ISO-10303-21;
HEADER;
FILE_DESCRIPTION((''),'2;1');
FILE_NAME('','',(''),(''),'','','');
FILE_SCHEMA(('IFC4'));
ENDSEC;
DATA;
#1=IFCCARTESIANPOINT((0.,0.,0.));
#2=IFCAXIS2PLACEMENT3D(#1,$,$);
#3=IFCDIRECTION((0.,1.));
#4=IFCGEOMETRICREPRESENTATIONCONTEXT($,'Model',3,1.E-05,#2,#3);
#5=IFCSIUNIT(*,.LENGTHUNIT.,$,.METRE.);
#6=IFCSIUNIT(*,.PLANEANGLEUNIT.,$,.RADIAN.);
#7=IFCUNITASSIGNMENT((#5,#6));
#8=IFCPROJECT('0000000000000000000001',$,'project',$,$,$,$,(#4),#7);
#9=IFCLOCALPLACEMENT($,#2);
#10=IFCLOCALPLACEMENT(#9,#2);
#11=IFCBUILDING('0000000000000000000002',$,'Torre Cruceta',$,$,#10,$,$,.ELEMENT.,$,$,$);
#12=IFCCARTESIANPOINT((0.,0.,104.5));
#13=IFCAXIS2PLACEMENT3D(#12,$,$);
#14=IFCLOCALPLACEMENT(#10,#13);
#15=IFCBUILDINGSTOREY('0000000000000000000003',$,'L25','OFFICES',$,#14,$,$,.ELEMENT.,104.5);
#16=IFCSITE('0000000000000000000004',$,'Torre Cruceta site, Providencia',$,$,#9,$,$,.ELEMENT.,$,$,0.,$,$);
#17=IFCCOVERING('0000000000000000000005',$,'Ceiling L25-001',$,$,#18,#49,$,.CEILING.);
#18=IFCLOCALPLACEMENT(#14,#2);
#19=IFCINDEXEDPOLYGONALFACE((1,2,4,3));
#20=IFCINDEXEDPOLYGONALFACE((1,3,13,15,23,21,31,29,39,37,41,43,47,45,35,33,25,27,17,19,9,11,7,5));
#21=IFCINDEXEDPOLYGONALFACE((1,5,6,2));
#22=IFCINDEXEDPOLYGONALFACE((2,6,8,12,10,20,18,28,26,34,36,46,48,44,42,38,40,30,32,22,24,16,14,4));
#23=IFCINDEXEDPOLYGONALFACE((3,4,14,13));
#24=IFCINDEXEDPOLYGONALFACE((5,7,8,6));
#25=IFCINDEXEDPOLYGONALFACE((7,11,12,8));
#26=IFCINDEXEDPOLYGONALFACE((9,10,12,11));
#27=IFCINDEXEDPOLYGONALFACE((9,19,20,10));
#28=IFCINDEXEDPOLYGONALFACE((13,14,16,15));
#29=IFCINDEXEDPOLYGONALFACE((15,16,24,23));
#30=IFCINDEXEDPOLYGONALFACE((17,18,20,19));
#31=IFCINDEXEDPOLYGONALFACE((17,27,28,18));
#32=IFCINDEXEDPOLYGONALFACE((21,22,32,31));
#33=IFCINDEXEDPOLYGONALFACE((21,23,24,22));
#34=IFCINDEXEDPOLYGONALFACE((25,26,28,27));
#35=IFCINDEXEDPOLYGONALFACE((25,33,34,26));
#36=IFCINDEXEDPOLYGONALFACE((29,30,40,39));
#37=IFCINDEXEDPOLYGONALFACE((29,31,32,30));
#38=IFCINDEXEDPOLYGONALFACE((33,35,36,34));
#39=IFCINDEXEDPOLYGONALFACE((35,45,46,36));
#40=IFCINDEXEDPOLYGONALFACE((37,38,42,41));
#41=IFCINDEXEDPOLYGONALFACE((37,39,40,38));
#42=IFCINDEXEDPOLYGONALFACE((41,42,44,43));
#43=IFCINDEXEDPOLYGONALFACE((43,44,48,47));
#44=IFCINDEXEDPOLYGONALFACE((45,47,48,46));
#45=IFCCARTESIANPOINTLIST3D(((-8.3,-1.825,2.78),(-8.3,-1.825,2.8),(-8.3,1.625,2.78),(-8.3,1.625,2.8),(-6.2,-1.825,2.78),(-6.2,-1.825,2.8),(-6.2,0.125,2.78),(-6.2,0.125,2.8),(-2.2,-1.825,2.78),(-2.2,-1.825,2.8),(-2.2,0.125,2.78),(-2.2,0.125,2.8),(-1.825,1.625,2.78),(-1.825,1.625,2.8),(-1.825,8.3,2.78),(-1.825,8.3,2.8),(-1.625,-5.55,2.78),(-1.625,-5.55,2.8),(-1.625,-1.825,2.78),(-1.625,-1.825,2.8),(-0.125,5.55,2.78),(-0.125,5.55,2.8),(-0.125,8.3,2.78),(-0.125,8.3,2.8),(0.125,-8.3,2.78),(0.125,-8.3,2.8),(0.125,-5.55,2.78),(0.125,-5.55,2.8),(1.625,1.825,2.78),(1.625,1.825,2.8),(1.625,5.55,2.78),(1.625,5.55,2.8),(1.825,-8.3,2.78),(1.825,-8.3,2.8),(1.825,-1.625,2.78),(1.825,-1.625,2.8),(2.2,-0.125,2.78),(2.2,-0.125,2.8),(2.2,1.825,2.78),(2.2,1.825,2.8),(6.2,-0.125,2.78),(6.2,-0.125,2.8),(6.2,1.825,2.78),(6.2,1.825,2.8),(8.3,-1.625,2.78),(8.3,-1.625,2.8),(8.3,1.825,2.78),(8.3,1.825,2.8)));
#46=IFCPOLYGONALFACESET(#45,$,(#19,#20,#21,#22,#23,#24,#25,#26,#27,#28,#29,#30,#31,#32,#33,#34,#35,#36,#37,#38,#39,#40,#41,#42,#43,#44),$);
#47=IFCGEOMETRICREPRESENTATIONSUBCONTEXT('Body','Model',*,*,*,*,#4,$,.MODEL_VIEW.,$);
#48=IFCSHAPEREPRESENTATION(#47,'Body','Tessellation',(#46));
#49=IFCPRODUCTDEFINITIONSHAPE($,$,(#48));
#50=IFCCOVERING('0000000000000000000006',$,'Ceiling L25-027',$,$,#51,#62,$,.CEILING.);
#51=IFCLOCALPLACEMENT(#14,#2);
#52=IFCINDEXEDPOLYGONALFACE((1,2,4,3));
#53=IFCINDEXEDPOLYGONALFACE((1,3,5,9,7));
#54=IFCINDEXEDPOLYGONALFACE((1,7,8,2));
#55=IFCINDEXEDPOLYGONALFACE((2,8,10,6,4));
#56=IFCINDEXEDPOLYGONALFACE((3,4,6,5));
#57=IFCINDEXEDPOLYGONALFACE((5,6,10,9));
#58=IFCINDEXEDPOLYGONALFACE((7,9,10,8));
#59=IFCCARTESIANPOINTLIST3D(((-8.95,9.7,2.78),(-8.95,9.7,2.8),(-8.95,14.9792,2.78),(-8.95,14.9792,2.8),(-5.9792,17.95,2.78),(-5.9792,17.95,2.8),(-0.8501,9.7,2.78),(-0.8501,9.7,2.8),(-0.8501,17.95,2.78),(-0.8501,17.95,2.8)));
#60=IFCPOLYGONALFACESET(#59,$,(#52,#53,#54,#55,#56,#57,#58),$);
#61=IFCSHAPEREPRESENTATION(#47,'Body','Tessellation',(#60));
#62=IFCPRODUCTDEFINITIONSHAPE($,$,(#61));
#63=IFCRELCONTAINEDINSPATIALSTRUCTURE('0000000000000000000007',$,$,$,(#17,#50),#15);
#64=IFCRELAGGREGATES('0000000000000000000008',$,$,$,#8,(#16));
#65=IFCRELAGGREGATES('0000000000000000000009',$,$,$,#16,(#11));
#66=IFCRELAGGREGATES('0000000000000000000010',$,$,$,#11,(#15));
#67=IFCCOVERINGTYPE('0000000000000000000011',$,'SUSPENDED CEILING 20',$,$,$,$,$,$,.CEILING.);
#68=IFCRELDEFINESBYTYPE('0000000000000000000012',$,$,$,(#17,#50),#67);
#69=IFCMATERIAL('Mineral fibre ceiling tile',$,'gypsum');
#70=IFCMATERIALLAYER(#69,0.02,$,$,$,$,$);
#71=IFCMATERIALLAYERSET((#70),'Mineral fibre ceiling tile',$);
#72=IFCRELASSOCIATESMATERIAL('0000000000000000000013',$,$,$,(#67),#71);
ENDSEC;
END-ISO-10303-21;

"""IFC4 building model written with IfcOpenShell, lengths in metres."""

from ifc_helpers import new_model, si_unit, direction, frame, origin, place, context, subcontext, project, spatial, polyline, outline, extrude, material, layer, layer_set, type_object, element, save


model = new_model("IFC4")

# Units and contexts
model_context = context("Model", 3, precision=1e-05, world=origin(), true_north=direction((0.0, 1.0)))
body_context = subcontext(model_context, "Body", "Model", "MODEL_VIEW")
ifc_project = project(units=[si_unit("LENGTHUNIT", "METRE"), si_unit("PLANEANGLEUNIT", "RADIAN")], contexts=[model_context])

# Site, building, storey
site_placement = place(None, origin())
site = spatial("IfcSite", under=ifc_project, at=site_placement, Name="Torre Cruceta site, Providencia", CompositionType="ELEMENT", RefElevation=0.0)
building_placement = place(site_placement, origin())
building = spatial("IfcBuilding", under=site, at=building_placement, Name="Torre Cruceta", CompositionType="ELEMENT")
storey_placement = place(building_placement, frame((0.0, 0.0, 104.5)))
storey = spatial("IfcBuildingStorey", under=building, at=storey_placement, Name="L25", Description="OFFICES", CompositionType="ELEMENT", Elevation=104.5)

# Coverings
ifc_material_1 = material(Name="Mineral fibre ceiling tile", Category="gypsum")
ifc_layer_1 = layer(ifc_material_1, 0.02)
ifc_layer_set_1 = layer_set([ifc_layer_1], Name="Mineral fibre ceiling tile")
covering_type = type_object("IfcCoveringType", Name="SUSPENDED CEILING 20", PredefinedType="CEILING", material=ifc_layer_set_1)
covering_1_placement = place(storey_placement, frame((0.0, 0.0, 2.78)))
element("IfcCovering", 1, at=covering_1_placement, inside=storey, type_object=covering_type, Name="Ceiling L25-001", PredefinedType="CEILING", context=body_context, shape_type="SweptSolid", body=[
    extrude(outline(polyline([(1.825, -8.3), (0.125, -8.3), (0.125, -5.55), (-1.625, -5.55), (-1.625, -1.825), (-2.2, -1.825), (-2.2, 0.125), (-6.2, 0.125), (-6.2, -1.825), (-8.3, -1.825), (-8.3, 1.625), (-1.825, 1.625), (-1.825, 8.3), (-0.125, 8.3), (-0.125, 5.55), (1.625, 5.55), (1.625, 1.825), (2.2, 1.825), (2.2, -0.125), (6.2, -0.125), (6.2, 1.825), (8.3, 1.825), (8.3, -1.625), (1.825, -1.625), (1.825, -8.3)])), origin(), (0.0, 0.0, 1.0), 0.02),
])
covering_2_placement = place(storey_placement, frame((0.0, 0.0, 2.78)))
element("IfcCovering", 2, at=covering_2_placement, inside=storey, type_object=covering_type, Name="Ceiling L25-027", PredefinedType="CEILING", context=body_context, shape_type="SweptSolid", body=[
    extrude(outline(polyline([(-8.95, 9.7), (-8.95, 14.9792), (-5.9792, 17.95), (-0.8501, 17.95), (-0.8501, 9.7), (-8.95, 9.7)])), origin(), (0.0, 0.0, 1.0), 0.02),
])

save(model, "model.ifc")
